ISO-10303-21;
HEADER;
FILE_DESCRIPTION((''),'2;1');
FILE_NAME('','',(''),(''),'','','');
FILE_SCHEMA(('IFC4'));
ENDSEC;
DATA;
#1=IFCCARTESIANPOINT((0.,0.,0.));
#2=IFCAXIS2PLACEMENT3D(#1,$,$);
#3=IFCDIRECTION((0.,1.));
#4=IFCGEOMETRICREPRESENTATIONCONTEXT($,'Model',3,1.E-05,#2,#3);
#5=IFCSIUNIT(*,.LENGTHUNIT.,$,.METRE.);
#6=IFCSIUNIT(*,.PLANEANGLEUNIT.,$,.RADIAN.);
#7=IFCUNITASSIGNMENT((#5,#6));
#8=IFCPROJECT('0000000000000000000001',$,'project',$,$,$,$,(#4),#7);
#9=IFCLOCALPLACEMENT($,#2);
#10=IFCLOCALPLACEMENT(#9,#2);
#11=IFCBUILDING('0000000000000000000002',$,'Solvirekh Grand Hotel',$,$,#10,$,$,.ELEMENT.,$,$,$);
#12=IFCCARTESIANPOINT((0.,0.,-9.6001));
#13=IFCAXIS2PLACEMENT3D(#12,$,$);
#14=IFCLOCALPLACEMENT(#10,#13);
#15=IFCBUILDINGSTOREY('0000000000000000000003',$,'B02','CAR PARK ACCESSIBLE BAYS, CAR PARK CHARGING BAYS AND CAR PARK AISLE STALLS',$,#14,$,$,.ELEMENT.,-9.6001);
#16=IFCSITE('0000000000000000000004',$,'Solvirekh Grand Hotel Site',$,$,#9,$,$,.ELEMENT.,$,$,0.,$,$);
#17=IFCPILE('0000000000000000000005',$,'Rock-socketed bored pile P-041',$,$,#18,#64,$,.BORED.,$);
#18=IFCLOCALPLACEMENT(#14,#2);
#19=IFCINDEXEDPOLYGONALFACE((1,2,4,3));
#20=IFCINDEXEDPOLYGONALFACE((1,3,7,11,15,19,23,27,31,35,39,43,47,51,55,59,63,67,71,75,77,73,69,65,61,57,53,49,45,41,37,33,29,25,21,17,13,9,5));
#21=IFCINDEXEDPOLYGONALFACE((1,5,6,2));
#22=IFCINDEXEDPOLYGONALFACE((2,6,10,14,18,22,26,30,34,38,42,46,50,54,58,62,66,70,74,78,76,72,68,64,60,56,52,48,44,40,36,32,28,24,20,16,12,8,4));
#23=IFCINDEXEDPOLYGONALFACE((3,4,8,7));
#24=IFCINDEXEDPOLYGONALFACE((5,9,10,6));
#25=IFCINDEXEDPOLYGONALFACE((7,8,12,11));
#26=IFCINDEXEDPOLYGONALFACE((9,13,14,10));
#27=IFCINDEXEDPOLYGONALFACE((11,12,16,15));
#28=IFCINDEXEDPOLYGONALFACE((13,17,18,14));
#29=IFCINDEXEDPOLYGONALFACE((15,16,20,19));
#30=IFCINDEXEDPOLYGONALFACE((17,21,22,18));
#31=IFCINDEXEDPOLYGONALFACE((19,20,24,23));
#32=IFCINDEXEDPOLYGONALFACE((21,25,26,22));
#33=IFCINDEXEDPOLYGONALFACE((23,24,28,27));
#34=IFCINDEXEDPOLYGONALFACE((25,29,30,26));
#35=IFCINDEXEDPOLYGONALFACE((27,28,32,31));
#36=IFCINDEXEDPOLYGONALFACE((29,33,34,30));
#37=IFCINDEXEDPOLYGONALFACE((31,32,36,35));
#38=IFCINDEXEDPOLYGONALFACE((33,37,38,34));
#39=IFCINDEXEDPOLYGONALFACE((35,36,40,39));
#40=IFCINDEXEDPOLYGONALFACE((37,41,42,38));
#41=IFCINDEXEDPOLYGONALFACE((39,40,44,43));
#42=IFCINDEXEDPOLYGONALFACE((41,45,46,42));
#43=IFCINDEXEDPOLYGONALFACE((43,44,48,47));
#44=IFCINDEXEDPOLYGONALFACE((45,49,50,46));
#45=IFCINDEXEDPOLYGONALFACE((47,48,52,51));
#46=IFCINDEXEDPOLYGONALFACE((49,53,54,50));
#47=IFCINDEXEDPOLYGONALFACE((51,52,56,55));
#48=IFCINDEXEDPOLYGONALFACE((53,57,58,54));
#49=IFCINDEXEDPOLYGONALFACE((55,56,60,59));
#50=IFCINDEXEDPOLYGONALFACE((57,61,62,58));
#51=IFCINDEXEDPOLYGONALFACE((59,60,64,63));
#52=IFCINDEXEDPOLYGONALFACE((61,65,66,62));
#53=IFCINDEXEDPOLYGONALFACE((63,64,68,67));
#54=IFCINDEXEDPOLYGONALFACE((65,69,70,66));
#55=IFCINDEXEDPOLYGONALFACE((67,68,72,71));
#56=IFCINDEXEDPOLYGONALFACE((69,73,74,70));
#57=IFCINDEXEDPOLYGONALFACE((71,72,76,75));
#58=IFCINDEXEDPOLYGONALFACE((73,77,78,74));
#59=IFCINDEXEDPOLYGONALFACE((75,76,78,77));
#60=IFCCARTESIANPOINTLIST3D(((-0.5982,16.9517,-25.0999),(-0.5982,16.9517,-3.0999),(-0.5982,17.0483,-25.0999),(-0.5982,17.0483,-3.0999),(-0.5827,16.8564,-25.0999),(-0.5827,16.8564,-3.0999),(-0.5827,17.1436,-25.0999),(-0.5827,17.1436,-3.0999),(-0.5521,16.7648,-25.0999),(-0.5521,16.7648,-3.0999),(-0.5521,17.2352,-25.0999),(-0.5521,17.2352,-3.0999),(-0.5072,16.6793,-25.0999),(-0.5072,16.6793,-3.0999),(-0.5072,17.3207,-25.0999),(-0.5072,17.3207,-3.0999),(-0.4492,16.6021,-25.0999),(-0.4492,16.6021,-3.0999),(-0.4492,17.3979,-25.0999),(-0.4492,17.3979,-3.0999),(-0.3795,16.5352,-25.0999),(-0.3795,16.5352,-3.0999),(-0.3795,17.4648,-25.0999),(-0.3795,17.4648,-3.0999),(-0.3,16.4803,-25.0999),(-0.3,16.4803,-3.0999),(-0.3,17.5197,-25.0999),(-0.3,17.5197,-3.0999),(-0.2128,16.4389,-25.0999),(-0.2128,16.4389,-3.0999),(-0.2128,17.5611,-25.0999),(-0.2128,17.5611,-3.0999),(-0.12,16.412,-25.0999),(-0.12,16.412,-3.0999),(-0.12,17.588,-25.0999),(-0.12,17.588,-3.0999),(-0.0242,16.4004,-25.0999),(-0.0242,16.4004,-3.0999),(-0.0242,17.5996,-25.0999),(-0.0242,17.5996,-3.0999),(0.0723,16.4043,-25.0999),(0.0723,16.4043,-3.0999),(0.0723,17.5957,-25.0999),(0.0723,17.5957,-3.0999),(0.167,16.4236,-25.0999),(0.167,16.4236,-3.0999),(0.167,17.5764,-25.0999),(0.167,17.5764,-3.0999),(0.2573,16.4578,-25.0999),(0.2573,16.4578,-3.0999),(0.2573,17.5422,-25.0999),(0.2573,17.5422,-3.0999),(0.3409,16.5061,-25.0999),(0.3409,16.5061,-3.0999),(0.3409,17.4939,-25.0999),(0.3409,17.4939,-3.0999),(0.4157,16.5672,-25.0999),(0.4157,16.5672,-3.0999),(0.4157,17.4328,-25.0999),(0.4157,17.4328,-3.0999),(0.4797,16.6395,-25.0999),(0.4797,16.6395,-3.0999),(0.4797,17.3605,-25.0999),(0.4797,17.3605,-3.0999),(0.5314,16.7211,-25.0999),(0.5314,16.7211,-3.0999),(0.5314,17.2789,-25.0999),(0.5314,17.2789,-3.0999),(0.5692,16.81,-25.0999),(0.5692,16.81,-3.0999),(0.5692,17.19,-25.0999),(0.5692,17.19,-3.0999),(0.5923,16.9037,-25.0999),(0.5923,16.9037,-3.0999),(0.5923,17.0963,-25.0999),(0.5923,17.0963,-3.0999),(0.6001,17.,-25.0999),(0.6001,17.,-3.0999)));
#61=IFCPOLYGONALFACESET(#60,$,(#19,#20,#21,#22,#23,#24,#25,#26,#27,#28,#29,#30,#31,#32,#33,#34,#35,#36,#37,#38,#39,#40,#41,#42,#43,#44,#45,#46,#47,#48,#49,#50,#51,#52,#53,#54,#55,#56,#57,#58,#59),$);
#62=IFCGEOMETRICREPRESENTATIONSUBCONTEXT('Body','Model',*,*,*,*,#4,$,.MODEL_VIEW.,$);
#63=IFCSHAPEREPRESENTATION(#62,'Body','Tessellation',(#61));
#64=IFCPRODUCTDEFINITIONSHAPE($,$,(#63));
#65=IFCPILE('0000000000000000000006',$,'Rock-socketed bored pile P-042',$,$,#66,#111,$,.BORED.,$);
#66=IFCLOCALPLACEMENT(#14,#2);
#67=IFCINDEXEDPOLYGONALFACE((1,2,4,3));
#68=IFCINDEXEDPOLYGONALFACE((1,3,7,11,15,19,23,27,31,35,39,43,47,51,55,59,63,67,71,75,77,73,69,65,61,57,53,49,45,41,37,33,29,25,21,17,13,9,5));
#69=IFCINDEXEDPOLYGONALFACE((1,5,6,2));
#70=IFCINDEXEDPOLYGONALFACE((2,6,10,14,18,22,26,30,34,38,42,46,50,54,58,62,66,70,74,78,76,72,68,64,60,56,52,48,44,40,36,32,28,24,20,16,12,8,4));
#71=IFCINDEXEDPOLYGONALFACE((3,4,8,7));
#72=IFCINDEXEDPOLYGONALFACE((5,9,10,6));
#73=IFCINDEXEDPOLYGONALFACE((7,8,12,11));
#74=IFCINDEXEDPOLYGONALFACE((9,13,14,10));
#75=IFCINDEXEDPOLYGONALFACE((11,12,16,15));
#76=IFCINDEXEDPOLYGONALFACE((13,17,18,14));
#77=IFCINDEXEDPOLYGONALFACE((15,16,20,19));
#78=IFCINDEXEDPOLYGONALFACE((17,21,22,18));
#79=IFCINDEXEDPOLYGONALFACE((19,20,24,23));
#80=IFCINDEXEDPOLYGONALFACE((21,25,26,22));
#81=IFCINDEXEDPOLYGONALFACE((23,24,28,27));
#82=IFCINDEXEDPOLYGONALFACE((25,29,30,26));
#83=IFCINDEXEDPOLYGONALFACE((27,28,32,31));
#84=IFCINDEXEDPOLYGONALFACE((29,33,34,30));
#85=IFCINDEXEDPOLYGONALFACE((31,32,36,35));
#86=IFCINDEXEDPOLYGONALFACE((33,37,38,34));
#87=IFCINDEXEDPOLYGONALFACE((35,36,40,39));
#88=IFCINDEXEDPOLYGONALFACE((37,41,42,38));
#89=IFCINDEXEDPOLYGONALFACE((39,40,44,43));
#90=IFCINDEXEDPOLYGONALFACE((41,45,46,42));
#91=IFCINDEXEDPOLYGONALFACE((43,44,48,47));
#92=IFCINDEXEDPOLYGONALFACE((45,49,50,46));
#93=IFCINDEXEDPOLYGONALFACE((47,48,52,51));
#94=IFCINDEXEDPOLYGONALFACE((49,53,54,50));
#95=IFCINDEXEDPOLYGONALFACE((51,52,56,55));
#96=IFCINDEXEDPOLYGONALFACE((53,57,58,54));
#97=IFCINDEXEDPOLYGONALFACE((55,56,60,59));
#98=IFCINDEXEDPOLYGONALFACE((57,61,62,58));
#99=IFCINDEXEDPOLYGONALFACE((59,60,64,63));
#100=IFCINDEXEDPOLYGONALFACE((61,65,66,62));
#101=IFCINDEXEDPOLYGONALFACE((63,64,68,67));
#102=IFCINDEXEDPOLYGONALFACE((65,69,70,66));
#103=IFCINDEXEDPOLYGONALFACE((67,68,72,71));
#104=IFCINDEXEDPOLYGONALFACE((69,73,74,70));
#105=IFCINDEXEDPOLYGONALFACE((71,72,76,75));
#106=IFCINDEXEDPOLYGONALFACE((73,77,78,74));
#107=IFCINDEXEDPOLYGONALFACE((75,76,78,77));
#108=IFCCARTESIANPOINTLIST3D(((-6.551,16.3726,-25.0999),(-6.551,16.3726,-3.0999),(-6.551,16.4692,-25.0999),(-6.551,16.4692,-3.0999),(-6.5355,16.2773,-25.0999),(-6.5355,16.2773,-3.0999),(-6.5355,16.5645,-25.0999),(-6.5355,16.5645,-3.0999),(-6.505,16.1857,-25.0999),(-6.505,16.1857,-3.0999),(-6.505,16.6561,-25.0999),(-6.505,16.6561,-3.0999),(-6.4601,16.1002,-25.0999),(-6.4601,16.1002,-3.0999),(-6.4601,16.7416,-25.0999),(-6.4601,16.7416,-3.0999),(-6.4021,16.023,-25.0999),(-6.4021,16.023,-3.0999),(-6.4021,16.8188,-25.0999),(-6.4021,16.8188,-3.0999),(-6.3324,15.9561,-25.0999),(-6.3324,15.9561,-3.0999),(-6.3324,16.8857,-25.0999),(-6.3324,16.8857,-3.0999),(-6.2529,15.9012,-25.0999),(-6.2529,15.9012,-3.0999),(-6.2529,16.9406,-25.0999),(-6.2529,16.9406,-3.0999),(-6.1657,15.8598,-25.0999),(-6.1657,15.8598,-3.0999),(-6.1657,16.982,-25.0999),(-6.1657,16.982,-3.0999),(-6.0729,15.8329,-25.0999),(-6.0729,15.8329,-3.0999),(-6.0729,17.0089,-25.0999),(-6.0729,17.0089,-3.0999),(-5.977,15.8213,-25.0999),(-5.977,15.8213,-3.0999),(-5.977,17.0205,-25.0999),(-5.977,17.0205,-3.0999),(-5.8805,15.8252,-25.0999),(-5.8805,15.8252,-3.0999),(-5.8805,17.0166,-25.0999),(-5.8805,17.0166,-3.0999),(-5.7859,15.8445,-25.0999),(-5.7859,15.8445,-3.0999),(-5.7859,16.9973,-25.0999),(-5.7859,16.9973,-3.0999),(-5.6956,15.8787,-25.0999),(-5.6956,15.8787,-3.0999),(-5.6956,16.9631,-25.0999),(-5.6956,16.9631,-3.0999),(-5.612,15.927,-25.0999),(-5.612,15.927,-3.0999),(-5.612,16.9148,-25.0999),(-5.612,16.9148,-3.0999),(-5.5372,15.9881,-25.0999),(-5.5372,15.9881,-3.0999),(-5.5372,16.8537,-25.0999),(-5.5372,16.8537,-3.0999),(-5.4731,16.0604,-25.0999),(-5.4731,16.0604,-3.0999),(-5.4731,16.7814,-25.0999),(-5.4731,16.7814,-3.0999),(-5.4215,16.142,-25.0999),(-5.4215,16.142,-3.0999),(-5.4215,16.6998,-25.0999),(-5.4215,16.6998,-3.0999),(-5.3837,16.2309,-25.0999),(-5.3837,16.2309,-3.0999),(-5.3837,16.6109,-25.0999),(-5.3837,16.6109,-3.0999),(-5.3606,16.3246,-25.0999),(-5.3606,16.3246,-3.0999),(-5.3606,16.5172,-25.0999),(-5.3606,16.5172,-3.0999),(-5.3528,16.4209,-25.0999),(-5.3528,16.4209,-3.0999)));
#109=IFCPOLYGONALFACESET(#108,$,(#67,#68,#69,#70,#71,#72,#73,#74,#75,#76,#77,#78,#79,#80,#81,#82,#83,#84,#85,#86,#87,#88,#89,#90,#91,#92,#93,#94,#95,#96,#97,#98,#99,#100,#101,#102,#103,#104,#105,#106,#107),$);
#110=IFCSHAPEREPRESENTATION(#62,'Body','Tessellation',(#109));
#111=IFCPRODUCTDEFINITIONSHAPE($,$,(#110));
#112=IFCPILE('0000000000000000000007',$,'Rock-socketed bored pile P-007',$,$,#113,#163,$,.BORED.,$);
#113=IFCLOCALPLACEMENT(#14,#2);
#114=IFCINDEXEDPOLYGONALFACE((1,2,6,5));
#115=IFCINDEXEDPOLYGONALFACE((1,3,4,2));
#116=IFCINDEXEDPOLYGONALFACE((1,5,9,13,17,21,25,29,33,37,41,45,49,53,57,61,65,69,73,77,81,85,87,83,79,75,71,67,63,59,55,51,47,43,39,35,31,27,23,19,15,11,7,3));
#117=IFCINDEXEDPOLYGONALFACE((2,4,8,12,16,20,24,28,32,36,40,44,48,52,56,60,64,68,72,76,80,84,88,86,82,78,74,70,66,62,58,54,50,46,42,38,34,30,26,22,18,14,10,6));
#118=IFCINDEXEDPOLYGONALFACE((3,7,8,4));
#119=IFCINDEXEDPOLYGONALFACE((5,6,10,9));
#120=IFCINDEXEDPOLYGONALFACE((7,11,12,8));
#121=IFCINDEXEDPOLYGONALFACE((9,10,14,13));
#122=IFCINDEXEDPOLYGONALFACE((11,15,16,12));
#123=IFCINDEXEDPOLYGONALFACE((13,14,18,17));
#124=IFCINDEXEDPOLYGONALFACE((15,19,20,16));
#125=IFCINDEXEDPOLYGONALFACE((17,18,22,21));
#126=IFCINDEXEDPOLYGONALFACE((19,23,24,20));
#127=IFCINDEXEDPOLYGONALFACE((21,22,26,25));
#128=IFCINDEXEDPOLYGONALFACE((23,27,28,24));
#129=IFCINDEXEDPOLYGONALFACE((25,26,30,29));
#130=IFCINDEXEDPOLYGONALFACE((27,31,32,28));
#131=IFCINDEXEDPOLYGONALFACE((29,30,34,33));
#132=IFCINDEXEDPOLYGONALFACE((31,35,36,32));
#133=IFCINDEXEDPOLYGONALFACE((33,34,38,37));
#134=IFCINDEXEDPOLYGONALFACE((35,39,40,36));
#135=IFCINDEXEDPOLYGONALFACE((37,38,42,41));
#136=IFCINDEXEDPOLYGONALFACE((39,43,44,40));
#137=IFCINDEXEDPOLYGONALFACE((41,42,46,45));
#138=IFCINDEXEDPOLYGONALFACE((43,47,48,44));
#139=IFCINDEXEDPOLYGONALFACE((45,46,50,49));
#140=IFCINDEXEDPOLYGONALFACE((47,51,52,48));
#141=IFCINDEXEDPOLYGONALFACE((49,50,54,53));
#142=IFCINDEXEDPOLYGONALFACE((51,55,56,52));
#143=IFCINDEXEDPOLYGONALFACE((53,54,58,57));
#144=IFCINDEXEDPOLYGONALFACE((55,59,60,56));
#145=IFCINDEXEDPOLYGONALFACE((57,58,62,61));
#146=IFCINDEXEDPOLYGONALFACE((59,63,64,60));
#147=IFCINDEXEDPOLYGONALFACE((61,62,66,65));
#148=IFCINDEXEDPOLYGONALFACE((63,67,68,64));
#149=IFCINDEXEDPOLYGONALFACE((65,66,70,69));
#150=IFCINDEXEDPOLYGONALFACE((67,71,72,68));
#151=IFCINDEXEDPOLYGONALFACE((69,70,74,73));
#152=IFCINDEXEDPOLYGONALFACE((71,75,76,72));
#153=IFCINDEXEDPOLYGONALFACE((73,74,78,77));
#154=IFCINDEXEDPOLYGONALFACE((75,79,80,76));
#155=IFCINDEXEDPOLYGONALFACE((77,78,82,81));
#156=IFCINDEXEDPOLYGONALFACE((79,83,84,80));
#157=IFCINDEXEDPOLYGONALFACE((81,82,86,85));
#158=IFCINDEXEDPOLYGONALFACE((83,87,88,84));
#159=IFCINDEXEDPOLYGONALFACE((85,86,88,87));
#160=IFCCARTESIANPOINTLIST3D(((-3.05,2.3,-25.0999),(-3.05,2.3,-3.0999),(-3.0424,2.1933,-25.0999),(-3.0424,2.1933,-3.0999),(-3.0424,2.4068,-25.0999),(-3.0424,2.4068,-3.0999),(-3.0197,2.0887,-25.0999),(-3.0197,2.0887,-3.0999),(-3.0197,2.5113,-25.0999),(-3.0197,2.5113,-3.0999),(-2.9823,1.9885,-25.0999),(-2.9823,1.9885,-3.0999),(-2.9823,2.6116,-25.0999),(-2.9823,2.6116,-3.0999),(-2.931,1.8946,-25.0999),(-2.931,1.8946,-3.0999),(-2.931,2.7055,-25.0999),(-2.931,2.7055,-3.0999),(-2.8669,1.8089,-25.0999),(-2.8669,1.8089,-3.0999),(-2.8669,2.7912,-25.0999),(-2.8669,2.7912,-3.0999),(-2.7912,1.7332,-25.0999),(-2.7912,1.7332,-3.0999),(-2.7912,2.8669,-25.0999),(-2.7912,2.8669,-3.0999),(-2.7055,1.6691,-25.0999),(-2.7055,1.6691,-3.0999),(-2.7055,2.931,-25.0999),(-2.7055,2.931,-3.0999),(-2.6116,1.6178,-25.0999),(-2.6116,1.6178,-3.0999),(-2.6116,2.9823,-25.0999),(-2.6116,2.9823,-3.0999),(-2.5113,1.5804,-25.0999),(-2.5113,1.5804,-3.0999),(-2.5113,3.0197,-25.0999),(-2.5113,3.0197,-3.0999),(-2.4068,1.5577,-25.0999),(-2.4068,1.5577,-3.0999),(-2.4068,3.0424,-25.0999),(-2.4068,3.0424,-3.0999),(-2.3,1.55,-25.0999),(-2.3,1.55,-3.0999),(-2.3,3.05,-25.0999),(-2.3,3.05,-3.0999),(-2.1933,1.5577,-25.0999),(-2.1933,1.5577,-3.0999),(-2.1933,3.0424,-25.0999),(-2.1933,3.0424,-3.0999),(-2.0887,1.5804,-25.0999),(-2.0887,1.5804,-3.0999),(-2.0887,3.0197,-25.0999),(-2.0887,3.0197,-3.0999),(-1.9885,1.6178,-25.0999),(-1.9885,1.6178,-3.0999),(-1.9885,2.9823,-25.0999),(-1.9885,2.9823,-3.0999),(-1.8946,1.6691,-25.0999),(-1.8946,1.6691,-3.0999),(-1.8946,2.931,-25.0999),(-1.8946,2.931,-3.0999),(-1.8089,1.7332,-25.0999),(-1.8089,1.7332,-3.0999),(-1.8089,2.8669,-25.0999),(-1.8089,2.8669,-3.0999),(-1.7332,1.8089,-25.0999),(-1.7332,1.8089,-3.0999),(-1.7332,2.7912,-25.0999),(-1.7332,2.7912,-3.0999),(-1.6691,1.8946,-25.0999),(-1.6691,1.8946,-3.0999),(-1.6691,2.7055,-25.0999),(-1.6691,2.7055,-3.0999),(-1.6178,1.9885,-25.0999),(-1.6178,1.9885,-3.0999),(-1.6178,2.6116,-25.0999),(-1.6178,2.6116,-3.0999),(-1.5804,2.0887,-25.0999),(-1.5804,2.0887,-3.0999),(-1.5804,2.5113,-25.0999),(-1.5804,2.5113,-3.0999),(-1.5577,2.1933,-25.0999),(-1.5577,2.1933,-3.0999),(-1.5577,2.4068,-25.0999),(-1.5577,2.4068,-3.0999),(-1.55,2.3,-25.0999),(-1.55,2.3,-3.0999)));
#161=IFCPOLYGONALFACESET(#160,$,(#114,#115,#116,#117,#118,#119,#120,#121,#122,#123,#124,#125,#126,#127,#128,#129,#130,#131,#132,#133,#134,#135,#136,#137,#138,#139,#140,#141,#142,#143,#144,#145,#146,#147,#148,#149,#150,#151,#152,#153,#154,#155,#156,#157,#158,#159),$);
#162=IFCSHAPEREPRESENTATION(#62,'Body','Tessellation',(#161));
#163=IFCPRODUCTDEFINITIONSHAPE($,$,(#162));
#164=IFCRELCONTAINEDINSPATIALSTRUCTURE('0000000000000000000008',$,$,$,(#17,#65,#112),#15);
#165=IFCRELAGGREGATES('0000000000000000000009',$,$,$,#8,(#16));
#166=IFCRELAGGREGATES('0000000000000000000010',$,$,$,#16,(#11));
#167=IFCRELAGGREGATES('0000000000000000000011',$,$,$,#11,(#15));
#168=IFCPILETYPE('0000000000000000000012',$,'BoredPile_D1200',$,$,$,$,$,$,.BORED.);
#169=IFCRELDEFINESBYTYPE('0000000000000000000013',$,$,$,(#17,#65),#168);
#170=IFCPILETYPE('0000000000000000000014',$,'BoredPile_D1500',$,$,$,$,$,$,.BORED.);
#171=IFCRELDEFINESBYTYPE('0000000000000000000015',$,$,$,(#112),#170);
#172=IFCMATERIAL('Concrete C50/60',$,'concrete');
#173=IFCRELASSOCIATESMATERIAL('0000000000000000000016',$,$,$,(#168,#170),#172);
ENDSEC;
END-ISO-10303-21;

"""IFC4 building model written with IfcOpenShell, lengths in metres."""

from ifc_helpers import new_model, si_unit, direction, frame, origin, origin_2d, place, context, subcontext, project, spatial, circle, extrude, material, material_profile, profile_set, type_object, element, save


model = new_model("IFC4")

# Units and contexts
model_context = context("Model", 3, precision=1e-05, world=origin(), true_north=direction((0.0, 1.0)))
body_context = subcontext(model_context, "Body", "Model", "MODEL_VIEW")
ifc_project = project(units=[si_unit("LENGTHUNIT", "METRE"), si_unit("PLANEANGLEUNIT", "RADIAN")], contexts=[model_context])

# Site, building, storey
site_placement = place(None, origin())
site = spatial("IfcSite", under=ifc_project, at=site_placement, Name="Solvirekh Grand Hotel Site", CompositionType="ELEMENT", RefElevation=0.0)
building_placement = place(site_placement, origin())
building = spatial("IfcBuilding", under=site, at=building_placement, Name="Solvirekh Grand Hotel", CompositionType="ELEMENT")
storey_placement = place(building_placement, frame((0.0, 0.0, -9.6001)))
storey = spatial("IfcBuildingStorey", under=building, at=storey_placement, Name="B02", Description="CAR PARK ACCESSIBLE BAYS, CAR PARK CHARGING BAYS AND CAR PARK AISLE STALLS", CompositionType="ELEMENT", Elevation=-9.6001)

# Piles
ifc_material_1 = material(Name="Concrete C50/60", Category="concrete")
ifc_material_profile_1 = material_profile(ifc_material_1, circle(Radius=0.6001, at=origin_2d()), Name="BORED PILE D1200")
ifc_profile_set_1 = profile_set([ifc_material_profile_1], Name="Concrete C50/60")
pile_type_1 = type_object("IfcPileType", Name="BoredPile_D1200", PredefinedType="BORED", material=ifc_profile_set_1)
for number, where, z_axis, x_axis, name in (
    (1, (0.0, 17.0, -3.0999), (0.0, 0.0, -1.0), (1.0, 0.0, 0.0), "Rock-socketed bored pile P-041"),
    (2, (-5.9529, 16.4209, -3.0999), (0.0, 0.0, -1.0), (1.0, 0.0, 0.0), "Rock-socketed bored pile P-042"),
):
    element("IfcPile", number, at=place(storey_placement, frame(where, z_axis=z_axis, x_axis=x_axis)), inside=storey, type_object=pile_type_1, Name=name, PredefinedType="BORED", context=body_context, shape_type="SweptSolid", body=[
        extrude(circle(Radius=0.6001, at=origin_2d()), origin(), (0.0, 0.0, 1.0), 22.0),
    ])
ifc_material_profile_2 = material_profile(ifc_material_1, circle(Radius=0.75, at=origin_2d()), Name="BORED PILE D1500")
ifc_profile_set_2 = profile_set([ifc_material_profile_2], Name="Concrete C50/60")
pile_type_2 = type_object("IfcPileType", Name="BoredPile_D1500", PredefinedType="BORED", material=ifc_profile_set_2)
for number, where, z_axis, x_axis, name in (
    (3, (-2.3, 2.3, -3.0999), (0.0, 0.0, -1.0), (1.0, 0.0, 0.0), "Rock-socketed bored pile P-007"),
):
    element("IfcPile", number, at=place(storey_placement, frame(where, z_axis=z_axis, x_axis=x_axis)), inside=storey, type_object=pile_type_2, Name=name, PredefinedType="BORED", context=body_context, shape_type="SweptSolid", body=[
        extrude(circle(Radius=0.75, at=origin_2d()), origin(), (0.0, 0.0, 1.0), 22.0),
    ])

save(model, "model.ifc")
